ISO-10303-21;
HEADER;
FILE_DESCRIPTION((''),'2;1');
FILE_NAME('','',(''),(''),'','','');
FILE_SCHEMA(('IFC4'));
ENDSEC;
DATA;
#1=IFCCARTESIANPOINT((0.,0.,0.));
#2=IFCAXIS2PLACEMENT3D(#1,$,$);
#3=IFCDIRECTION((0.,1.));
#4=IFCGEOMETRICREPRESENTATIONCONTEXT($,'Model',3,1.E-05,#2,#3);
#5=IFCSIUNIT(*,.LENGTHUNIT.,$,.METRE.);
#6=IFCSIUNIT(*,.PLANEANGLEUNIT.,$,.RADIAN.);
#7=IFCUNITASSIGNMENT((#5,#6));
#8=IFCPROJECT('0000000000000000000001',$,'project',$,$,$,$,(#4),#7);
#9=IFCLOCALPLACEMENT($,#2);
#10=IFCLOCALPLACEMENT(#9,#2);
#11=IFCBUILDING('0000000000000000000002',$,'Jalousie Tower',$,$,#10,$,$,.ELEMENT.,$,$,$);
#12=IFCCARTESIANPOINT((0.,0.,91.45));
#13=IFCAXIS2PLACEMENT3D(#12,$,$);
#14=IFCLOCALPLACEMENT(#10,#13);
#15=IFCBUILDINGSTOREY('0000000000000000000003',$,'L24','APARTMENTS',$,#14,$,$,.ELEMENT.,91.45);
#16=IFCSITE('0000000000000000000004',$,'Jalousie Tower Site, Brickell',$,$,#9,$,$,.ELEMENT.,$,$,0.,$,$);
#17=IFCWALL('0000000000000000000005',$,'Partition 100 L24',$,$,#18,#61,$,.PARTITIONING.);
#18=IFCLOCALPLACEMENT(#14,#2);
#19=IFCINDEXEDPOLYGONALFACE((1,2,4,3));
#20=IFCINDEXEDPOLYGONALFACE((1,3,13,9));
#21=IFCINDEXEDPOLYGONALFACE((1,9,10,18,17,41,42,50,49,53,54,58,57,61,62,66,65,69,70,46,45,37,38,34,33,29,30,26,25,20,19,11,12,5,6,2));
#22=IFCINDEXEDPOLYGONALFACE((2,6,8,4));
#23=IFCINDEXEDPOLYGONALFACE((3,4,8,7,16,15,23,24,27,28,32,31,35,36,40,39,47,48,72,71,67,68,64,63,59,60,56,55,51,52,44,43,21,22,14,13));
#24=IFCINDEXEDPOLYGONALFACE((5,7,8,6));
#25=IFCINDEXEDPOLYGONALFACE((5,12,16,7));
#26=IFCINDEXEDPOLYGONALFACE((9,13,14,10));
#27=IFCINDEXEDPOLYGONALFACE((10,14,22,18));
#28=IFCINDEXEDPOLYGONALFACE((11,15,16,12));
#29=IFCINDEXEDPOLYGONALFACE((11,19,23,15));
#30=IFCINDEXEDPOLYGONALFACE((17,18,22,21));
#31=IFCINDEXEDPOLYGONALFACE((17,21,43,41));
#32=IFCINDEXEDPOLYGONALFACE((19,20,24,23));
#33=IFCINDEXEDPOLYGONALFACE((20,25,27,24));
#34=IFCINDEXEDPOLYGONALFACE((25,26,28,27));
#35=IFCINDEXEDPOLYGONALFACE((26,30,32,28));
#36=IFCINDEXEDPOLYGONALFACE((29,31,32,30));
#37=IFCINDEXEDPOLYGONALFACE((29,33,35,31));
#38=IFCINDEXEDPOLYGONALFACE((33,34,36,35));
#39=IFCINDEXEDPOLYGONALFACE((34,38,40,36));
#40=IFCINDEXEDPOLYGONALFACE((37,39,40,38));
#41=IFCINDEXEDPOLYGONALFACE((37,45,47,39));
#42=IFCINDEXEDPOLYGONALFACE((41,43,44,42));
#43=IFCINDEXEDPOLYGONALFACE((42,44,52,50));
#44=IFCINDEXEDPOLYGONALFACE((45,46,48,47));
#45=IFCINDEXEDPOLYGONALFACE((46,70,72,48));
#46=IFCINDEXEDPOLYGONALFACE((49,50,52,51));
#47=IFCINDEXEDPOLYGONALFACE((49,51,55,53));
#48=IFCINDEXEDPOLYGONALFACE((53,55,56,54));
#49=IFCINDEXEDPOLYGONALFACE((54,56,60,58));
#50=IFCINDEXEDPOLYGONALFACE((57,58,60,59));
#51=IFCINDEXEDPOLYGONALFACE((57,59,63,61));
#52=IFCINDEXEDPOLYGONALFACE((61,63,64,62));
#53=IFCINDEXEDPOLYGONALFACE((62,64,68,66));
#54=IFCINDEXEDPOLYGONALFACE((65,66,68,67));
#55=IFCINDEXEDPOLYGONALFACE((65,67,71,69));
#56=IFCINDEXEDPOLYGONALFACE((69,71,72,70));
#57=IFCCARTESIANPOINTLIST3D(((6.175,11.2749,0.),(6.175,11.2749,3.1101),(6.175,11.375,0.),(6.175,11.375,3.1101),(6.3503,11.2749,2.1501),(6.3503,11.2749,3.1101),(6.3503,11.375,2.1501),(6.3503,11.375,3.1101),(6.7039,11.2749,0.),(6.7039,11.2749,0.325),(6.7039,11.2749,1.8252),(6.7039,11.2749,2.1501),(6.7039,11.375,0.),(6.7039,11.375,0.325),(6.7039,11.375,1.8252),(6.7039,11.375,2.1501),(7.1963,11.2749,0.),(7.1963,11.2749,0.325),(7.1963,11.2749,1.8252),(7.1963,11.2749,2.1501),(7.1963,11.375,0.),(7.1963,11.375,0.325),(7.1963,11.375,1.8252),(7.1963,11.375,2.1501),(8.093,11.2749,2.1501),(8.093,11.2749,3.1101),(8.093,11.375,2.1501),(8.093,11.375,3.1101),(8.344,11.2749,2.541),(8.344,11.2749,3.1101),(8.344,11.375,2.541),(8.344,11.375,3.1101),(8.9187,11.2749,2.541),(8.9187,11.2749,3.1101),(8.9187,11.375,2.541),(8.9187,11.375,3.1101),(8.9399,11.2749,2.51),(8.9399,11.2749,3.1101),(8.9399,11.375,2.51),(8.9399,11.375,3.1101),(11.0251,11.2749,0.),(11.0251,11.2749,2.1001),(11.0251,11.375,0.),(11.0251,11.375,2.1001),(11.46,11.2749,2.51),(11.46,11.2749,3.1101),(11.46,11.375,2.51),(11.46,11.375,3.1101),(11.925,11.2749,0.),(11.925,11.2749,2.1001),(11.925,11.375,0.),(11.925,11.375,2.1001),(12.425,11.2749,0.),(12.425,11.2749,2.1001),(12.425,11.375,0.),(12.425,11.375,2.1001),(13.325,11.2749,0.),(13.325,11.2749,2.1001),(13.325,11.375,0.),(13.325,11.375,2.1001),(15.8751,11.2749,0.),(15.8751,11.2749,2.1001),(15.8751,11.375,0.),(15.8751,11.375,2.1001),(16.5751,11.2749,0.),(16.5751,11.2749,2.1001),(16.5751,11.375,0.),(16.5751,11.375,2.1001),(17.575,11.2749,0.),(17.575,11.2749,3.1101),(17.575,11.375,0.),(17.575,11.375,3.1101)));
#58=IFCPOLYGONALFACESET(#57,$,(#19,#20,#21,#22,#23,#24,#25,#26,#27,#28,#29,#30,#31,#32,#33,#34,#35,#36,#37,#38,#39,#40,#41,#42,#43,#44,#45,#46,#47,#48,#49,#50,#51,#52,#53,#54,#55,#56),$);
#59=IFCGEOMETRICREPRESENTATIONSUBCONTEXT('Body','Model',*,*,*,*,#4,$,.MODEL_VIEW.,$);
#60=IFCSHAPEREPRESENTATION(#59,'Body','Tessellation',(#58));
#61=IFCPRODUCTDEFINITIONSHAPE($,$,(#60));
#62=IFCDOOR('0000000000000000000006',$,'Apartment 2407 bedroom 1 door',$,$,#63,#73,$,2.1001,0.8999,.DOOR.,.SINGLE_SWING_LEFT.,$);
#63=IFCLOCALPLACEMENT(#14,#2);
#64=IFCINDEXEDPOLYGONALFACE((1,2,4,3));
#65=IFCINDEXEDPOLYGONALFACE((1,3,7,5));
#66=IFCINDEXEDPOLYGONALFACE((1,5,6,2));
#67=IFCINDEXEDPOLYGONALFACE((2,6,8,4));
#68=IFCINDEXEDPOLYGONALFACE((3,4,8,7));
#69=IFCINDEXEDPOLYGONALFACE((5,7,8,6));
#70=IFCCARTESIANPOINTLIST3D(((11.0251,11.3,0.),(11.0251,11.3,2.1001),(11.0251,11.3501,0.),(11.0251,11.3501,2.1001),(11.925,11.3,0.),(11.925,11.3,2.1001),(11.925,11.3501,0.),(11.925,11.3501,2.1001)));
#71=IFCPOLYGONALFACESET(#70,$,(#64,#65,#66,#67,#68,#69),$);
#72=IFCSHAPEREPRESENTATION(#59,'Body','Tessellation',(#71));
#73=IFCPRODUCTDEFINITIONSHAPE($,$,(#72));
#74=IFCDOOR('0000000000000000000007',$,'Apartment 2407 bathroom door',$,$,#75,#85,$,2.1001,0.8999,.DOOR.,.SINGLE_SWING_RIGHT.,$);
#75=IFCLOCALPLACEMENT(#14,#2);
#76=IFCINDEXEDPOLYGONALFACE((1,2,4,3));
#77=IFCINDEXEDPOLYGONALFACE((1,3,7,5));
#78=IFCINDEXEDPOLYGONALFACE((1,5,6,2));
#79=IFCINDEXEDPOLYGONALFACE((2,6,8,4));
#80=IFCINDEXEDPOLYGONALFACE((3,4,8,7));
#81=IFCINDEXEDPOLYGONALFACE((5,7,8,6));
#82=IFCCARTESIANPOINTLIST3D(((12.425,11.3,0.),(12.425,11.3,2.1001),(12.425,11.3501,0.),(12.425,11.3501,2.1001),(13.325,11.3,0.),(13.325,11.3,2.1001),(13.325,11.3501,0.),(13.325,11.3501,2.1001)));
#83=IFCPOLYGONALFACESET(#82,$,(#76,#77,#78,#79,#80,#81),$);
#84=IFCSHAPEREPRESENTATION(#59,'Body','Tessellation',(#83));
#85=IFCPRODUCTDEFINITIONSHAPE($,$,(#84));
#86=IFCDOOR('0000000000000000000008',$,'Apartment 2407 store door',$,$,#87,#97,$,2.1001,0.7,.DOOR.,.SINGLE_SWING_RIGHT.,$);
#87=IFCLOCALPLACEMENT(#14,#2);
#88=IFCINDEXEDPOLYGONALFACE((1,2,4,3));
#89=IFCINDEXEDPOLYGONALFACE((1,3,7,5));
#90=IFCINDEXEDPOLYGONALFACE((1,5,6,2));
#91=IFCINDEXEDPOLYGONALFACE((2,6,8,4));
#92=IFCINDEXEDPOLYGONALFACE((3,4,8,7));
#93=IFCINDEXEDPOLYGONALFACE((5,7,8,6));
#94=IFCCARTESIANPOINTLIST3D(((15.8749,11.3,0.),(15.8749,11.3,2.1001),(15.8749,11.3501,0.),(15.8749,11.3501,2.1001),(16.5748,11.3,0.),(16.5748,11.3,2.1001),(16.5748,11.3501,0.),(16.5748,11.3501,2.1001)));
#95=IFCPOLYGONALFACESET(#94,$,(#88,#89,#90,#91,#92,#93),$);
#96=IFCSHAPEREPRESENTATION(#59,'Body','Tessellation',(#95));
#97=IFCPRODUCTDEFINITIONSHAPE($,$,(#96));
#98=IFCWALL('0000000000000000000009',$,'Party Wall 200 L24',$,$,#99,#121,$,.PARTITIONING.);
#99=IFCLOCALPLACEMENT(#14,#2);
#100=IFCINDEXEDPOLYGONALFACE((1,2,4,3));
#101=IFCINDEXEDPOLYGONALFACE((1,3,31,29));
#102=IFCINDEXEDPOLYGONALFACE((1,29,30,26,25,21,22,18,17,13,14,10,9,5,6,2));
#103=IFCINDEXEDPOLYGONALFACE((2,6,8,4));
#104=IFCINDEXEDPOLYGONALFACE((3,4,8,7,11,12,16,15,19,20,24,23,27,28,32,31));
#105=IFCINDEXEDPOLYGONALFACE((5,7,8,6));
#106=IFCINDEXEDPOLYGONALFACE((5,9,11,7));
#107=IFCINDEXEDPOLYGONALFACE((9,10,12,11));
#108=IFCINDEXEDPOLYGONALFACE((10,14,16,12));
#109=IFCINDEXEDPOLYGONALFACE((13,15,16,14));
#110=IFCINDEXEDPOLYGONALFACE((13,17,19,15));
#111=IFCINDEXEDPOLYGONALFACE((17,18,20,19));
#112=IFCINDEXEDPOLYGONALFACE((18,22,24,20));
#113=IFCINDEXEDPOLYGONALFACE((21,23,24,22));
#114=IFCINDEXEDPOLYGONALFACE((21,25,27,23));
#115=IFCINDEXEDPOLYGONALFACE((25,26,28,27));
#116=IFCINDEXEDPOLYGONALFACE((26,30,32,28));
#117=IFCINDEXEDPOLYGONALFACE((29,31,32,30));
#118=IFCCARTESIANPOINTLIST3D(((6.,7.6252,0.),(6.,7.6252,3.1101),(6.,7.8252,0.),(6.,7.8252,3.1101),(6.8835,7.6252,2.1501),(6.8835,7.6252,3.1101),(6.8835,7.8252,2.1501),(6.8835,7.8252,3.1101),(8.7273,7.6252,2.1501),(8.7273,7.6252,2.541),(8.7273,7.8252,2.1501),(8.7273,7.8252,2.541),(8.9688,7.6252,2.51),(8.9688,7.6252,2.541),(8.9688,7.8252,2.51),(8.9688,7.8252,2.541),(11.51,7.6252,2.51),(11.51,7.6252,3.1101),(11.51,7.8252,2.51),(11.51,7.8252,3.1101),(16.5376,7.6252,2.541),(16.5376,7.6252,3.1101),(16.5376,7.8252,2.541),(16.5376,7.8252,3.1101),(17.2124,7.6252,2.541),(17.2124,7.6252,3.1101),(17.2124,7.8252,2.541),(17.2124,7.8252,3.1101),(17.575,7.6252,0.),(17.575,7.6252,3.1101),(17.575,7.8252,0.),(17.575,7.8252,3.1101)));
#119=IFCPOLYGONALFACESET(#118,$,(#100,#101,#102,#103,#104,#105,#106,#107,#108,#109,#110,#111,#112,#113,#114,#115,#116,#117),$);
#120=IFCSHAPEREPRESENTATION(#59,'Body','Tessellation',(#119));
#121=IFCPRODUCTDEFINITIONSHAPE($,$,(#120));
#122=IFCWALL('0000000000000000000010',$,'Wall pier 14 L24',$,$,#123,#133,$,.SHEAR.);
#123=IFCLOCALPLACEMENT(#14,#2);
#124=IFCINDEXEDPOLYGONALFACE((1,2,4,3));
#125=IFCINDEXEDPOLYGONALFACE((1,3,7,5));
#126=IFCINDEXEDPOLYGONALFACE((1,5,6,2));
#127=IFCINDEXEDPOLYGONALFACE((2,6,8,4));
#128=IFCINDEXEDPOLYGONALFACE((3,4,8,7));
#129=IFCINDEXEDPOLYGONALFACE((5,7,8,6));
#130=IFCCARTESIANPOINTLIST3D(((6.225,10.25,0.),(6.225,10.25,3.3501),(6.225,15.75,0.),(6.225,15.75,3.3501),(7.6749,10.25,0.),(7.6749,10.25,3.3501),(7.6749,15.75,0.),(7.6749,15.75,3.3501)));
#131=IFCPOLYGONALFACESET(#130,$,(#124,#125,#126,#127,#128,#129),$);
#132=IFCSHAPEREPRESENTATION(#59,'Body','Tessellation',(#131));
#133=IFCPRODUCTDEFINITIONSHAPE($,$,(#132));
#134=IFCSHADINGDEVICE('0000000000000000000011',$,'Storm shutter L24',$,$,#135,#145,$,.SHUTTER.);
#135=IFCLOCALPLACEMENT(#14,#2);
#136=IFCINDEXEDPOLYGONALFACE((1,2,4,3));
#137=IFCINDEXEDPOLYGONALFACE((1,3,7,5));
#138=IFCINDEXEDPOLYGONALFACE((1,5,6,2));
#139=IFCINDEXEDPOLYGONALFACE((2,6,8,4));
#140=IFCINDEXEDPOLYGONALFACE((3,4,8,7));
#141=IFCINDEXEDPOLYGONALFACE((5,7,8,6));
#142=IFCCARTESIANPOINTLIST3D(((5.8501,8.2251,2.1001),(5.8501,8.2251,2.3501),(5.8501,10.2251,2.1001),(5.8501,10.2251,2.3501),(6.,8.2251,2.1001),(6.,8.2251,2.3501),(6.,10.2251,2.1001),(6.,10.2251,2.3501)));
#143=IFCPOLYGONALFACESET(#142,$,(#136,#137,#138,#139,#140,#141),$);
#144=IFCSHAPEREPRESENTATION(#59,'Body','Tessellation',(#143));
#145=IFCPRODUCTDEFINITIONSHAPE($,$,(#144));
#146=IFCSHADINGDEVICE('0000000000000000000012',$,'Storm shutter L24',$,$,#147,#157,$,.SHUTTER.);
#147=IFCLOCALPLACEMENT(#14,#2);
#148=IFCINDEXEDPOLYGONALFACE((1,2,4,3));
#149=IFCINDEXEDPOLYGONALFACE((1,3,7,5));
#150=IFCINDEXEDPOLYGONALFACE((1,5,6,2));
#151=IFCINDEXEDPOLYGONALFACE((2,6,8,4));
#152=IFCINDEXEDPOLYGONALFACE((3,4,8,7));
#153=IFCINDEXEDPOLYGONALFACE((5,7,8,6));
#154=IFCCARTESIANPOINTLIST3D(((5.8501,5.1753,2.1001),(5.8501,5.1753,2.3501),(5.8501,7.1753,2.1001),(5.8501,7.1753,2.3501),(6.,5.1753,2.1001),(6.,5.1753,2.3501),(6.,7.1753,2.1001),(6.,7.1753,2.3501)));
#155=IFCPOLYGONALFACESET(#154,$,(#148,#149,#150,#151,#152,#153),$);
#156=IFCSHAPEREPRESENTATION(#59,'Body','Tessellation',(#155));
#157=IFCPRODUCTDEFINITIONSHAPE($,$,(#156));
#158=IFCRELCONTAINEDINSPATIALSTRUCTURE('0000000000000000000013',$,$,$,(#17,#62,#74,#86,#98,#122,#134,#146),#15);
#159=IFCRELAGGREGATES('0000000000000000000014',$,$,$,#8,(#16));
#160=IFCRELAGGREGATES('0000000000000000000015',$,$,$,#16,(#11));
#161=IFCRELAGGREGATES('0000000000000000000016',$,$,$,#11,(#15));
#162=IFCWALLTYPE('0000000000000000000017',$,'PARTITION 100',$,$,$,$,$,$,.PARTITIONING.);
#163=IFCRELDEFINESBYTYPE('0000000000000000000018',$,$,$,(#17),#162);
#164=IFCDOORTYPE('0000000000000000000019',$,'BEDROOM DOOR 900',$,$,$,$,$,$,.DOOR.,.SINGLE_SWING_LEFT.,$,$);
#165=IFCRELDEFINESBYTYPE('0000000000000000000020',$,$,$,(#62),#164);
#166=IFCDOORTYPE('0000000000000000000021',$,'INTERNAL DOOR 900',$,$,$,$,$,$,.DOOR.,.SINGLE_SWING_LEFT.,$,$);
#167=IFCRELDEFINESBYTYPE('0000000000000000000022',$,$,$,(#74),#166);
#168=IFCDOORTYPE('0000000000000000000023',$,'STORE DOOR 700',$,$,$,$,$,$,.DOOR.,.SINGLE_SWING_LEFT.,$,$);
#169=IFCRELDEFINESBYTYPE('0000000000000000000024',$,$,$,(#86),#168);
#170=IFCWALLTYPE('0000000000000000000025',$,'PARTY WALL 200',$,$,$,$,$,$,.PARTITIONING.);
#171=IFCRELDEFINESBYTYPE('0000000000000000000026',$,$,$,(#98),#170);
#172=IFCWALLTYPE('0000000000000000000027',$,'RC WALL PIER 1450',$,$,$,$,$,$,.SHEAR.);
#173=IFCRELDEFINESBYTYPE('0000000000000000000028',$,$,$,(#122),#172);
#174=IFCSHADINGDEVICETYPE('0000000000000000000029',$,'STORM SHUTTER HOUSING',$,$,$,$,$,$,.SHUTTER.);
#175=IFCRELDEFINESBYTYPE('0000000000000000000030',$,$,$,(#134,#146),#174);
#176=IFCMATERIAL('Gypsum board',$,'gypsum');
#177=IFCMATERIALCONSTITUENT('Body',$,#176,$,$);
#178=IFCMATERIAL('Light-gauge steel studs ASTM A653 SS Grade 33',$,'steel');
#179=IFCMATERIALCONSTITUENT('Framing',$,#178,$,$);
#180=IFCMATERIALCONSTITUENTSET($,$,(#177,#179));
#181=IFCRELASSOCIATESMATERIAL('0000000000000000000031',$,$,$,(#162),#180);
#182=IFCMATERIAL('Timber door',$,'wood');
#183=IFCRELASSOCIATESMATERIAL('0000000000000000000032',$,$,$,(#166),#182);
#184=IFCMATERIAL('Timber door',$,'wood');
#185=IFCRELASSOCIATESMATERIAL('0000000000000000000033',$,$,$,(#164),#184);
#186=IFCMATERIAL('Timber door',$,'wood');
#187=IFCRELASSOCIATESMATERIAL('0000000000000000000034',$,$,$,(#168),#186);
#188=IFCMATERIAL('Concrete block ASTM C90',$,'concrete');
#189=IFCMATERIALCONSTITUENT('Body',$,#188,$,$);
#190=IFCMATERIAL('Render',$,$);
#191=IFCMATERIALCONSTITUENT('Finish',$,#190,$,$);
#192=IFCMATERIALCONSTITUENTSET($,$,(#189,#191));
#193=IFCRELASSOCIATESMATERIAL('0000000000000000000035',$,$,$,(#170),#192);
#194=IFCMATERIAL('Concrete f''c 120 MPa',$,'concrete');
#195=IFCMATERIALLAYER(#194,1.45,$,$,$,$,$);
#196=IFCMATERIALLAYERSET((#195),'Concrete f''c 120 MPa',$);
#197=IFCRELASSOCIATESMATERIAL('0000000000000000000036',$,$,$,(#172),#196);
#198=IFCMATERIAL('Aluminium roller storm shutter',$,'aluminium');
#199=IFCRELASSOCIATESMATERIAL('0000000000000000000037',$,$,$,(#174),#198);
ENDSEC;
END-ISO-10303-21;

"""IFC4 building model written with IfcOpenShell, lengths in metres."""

from ifc_helpers import new_model, si_unit, direction, frame, frame_2d, origin, origin_2d, place, context, subcontext, project, spatial, polyline, rectangle, outline, extrude, material, layer, layer_set, constituent, constituent_set, type_object, element, fill, save


model = new_model("IFC4")

# Units and contexts
model_context = context("Model", 3, precision=1e-05, world=origin(), true_north=direction((0.0, 1.0)))
body_context = subcontext(model_context, "Body", "Model", "MODEL_VIEW")
ifc_project = project(units=[si_unit("LENGTHUNIT", "METRE"), si_unit("PLANEANGLEUNIT", "RADIAN")], contexts=[model_context])

# Site, building, storey
site_placement = place(None, origin())
site = spatial("IfcSite", under=ifc_project, at=site_placement, Name="Jalousie Tower Site, Brickell", CompositionType="ELEMENT", RefElevation=0.0)
building_placement = place(site_placement, origin())
building = spatial("IfcBuilding", under=site, at=building_placement, Name="Jalousie Tower", CompositionType="ELEMENT")
storey_placement = place(building_placement, frame((0.0, 0.0, 91.45)))
storey = spatial("IfcBuildingStorey", under=building, at=storey_placement, Name="L24", Description="APARTMENTS", CompositionType="ELEMENT", Elevation=91.45)

# Shared definitions
ifc_material_1 = material(Name="Gypsum board", Category="gypsum")
ifc_constituent_1 = constituent(ifc_material_1, Name="Body")
ifc_material_2 = material(Name="Light-gauge steel studs ASTM A653 SS Grade 33", Category="steel")
ifc_constituent_2 = constituent(ifc_material_2, Name="Framing")
ifc_constituent_set_1 = constituent_set(constituents=[ifc_constituent_1, ifc_constituent_2])
wall_type_1 = type_object("IfcWallType", Name="PARTITION 100", PredefinedType="PARTITIONING", material=ifc_constituent_set_1)
ifc_material_3 = material(Name="Timber door", Category="wood")
door_type_1 = type_object("IfcDoorType", Name="INTERNAL DOOR 900", OperationType="SINGLE_SWING_LEFT", PredefinedType="DOOR", material=ifc_material_3)

# Wall, openings, doors
wall_1_placement = place(storey_placement, frame((6.175, 11.325, 0.0), z_axis=(0.0, 0.0, 1.0), x_axis=(1.0, 0.0, 0.0)))
wall_1 = element("IfcWall", 1, at=wall_1_placement, inside=storey, type_object=wall_type_1, Name="Partition 100 L24", PredefinedType="PARTITIONING", context=body_context, shape_type="SweptSolid", body=[
    extrude(outline(polyline([(0.1753, 3.1101), (0.0, 3.1101), (0.0, 0.0), (0.5288, 0.0), (0.5288, 0.325), (1.0212, 0.325), (1.0212, 0.0), (11.3999, 0.0), (11.3999, 3.1101), (5.2849, 3.1101), (5.2849, 2.51), (2.7649, 2.51), (2.7649, 3.1101), (2.7437, 3.1101), (2.7437, 2.541), (2.1689, 2.541), (2.1689, 3.1101), (1.918, 3.1101), (1.918, 2.1501), (1.0212, 2.1501), (1.0212, 1.8252), (0.5288, 1.8252), (0.5288, 2.1501), (0.1753, 2.1501), (0.1753, 3.1101)])), frame((0.0, 0.05, 0.0), z_axis=(0.0, -1.0, 0.0), x_axis=(1.0, 0.0, 0.0)), (0.0, 0.0, 1.0), 0.1001),
])
opening_1_placement = place(wall_1_placement, frame((4.8501, 0.0, 0.0)))
opening_1 = element("IfcOpeningElement", 2, at=opening_1_placement, cuts=wall_1, PredefinedType="OPENING", context=body_context, shape_type="SweptSolid", body=[
    extrude(rectangle(XDim=0.8999, YDim=2.1001, at=frame_2d((0.45, 1.05))), frame((0.0, 0.0601, 0.0), z_axis=(0.0, -1.0, 0.0), x_axis=(1.0, 0.0, 0.0)), (0.0, 0.0, 1.0), 0.1201),
])
opening_2_placement = place(wall_1_placement, frame((6.25, 0.0, 0.0)))
opening_2 = element("IfcOpeningElement", 3, at=opening_2_placement, cuts=wall_1, PredefinedType="OPENING", context=body_context, shape_type="SweptSolid", body=[
    extrude(rectangle(XDim=0.8999, YDim=2.1001, at=frame_2d((0.45, 1.05))), frame((0.0, 0.0601, 0.0), z_axis=(0.0, -1.0, 0.0), x_axis=(1.0, 0.0, 0.0)), (0.0, 0.0, 1.0), 0.1201),
])
opening_3_placement = place(wall_1_placement, frame((9.7, 0.0, 0.0)))
opening_3 = element("IfcOpeningElement", 4, at=opening_3_placement, cuts=wall_1, PredefinedType="OPENING", context=body_context, shape_type="SweptSolid", body=[
    extrude(rectangle(XDim=0.7, YDim=2.1001, at=frame_2d((0.3501, 1.05))), frame((0.0, 0.0601, 0.0), z_axis=(0.0, -1.0, 0.0), x_axis=(1.0, 0.0, 0.0)), (0.0, 0.0, 1.0), 0.1201),
])
ifc_material_4 = material(Name="Timber door", Category="wood")
door_type_2 = type_object("IfcDoorType", Name="BEDROOM DOOR 900", OperationType="SINGLE_SWING_LEFT", PredefinedType="DOOR", material=ifc_material_4)
door_1_placement = place(opening_1_placement, frame((0.8999, 0.0, 0.0), z_axis=(0.0, 0.0, 1.0), x_axis=(-1.0, 0.0, 0.0)))
door_1 = element("IfcDoor", 5, at=door_1_placement, inside=storey, type_object=door_type_2, Name="Apartment 2407 bedroom 1 door", OperationType="SINGLE_SWING_LEFT", OverallHeight=2.1001, OverallWidth=0.8999, PredefinedType="DOOR", context=body_context, shape_type="SweptSolid", body=[
    extrude(rectangle(XDim=0.8999, YDim=2.1001, at=frame_2d((0.45, 1.05))), frame((0.0, 0.0249, 0.0), z_axis=(0.0, -1.0, 0.0), x_axis=(1.0, 0.0, 0.0)), (0.0, 0.0, 1.0), 0.05),
])
fill(opening_1, door_1)
door_2_placement = place(opening_2_placement, frame((0.8999, 0.0, 0.0), z_axis=(0.0, 0.0, 1.0), x_axis=(-1.0, 0.0, 0.0)))
door_2 = element("IfcDoor", 6, at=door_2_placement, inside=storey, type_object=door_type_1, Name="Apartment 2407 bathroom door", OperationType="SINGLE_SWING_RIGHT", OverallHeight=2.1001, OverallWidth=0.8999, PredefinedType="DOOR", context=body_context, shape_type="SweptSolid", body=[
    extrude(rectangle(XDim=0.8999, YDim=2.1001, at=frame_2d((0.45, 1.05))), frame((0.0, 0.0249, 0.0), z_axis=(0.0, -1.0, 0.0), x_axis=(1.0, 0.0, 0.0)), (0.0, 0.0, 1.0), 0.05),
])
fill(opening_2, door_2)
ifc_material_5 = material(Name="Timber door", Category="wood")
door_type_3 = type_object("IfcDoorType", Name="STORE DOOR 700", OperationType="SINGLE_SWING_LEFT", PredefinedType="DOOR", material=ifc_material_5)
door_3_placement = place(opening_3_placement, frame((0.7, 0.0, 0.0), z_axis=(0.0, 0.0, 1.0), x_axis=(-1.0, 0.0, 0.0)))
door_3 = element("IfcDoor", 7, at=door_3_placement, inside=storey, type_object=door_type_3, Name="Apartment 2407 store door", OperationType="SINGLE_SWING_RIGHT", OverallHeight=2.1001, OverallWidth=0.7, PredefinedType="DOOR", context=body_context, shape_type="SweptSolid", body=[
    extrude(rectangle(XDim=0.7, YDim=2.1001, at=frame_2d((0.3501, 1.05))), frame((0.0, 0.0249, 0.0), z_axis=(0.0, -1.0, 0.0), x_axis=(1.0, 0.0, 0.0)), (0.0, 0.0, 1.0), 0.05),
])
fill(opening_3, door_3)

# Walls
ifc_material_6 = material(Name="Concrete block ASTM C90", Category="concrete")
ifc_constituent_3 = constituent(ifc_material_6, Name="Body")
ifc_material_7 = material(Name="Render")
ifc_constituent_4 = constituent(ifc_material_7, Name="Finish")
ifc_constituent_set_2 = constituent_set(constituents=[ifc_constituent_3, ifc_constituent_4])
wall_type_2 = type_object("IfcWallType", Name="PARTY WALL 200", PredefinedType="PARTITIONING", material=ifc_constituent_set_2)
wall_2_placement = place(storey_placement, frame((6.0, 7.7251, 0.0), z_axis=(0.0, 0.0, 1.0), x_axis=(1.0, 0.0, 0.0)))
element("IfcWall", 8, at=wall_2_placement, inside=storey, type_object=wall_type_2, Name="Party Wall 200 L24", PredefinedType="PARTITIONING", context=body_context, shape_type="SweptSolid", body=[
    extrude(outline(polyline([(0.0, 0.0), (11.575, 0.0), (11.575, 3.1101), (11.2124, 3.1101), (11.2124, 2.541), (10.5376, 2.541), (10.5376, 3.1101), (5.51, 3.1101), (5.51, 2.51), (2.9688, 2.51), (2.9688, 2.541), (2.7273, 2.541), (2.7273, 2.1501), (0.8835, 2.1501), (0.8835, 3.1101), (0.0, 3.1101), (0.0, 0.0)])), frame((0.0, 0.1001, 0.0), z_axis=(0.0, -1.0, 0.0), x_axis=(1.0, 0.0, 0.0)), (0.0, 0.0, 1.0), 0.2),
])
ifc_material_8 = material(Name="Concrete f'c 120 MPa", Category="concrete")
ifc_layer_1 = layer(ifc_material_8, 1.45)
ifc_layer_set_1 = layer_set([ifc_layer_1], Name="Concrete f'c 120 MPa")
wall_type_3 = type_object("IfcWallType", Name="RC WALL PIER 1450", PredefinedType="SHEAR", material=ifc_layer_set_1)
wall_3_placement = place(storey_placement, frame((6.95, 10.25, 0.0), z_axis=(0.0, 0.0, 1.0), x_axis=(0.0, 1.0, 0.0)))
element("IfcWall", 9, at=wall_3_placement, inside=storey, type_object=wall_type_3, Name="Wall pier 14 L24", PredefinedType="SHEAR", context=body_context, shape_type="SweptSolid", body=[
    extrude(rectangle(XDim=5.5, YDim=1.45, at=frame_2d((2.75, 0.0))), origin(), (0.0, 0.0, 1.0), 3.3501),
])

# Shading devices
ifc_material_9 = material(Name="Aluminium roller storm shutter", Category="aluminium")
shading_device_type = type_object("IfcShadingDeviceType", Name="STORM SHUTTER HOUSING", PredefinedType="SHUTTER", material=ifc_material_9)
for number, where, z_axis, x_axis, name in (
    (10, (5.925, 9.2251, 2.1001), (0.0, 0.0, 1.0), (0.0, -1.0, 0.0), "Storm shutter L24"),
    (11, (5.925, 6.1753, 2.1001), (0.0, 0.0, 1.0), (0.0, -1.0, 0.0), "Storm shutter L24"),
):
    element("IfcShadingDevice", number, at=place(storey_placement, frame(where, z_axis=z_axis, x_axis=x_axis)), inside=storey, type_object=shading_device_type, Name=name, PredefinedType="SHUTTER", context=body_context, shape_type="SweptSolid", body=[
        extrude(rectangle(XDim=2.0, YDim=0.1499, at=origin_2d()), origin(), (0.0, 0.0, 1.0), 0.25),
    ])

save(model, "model.ifc")
